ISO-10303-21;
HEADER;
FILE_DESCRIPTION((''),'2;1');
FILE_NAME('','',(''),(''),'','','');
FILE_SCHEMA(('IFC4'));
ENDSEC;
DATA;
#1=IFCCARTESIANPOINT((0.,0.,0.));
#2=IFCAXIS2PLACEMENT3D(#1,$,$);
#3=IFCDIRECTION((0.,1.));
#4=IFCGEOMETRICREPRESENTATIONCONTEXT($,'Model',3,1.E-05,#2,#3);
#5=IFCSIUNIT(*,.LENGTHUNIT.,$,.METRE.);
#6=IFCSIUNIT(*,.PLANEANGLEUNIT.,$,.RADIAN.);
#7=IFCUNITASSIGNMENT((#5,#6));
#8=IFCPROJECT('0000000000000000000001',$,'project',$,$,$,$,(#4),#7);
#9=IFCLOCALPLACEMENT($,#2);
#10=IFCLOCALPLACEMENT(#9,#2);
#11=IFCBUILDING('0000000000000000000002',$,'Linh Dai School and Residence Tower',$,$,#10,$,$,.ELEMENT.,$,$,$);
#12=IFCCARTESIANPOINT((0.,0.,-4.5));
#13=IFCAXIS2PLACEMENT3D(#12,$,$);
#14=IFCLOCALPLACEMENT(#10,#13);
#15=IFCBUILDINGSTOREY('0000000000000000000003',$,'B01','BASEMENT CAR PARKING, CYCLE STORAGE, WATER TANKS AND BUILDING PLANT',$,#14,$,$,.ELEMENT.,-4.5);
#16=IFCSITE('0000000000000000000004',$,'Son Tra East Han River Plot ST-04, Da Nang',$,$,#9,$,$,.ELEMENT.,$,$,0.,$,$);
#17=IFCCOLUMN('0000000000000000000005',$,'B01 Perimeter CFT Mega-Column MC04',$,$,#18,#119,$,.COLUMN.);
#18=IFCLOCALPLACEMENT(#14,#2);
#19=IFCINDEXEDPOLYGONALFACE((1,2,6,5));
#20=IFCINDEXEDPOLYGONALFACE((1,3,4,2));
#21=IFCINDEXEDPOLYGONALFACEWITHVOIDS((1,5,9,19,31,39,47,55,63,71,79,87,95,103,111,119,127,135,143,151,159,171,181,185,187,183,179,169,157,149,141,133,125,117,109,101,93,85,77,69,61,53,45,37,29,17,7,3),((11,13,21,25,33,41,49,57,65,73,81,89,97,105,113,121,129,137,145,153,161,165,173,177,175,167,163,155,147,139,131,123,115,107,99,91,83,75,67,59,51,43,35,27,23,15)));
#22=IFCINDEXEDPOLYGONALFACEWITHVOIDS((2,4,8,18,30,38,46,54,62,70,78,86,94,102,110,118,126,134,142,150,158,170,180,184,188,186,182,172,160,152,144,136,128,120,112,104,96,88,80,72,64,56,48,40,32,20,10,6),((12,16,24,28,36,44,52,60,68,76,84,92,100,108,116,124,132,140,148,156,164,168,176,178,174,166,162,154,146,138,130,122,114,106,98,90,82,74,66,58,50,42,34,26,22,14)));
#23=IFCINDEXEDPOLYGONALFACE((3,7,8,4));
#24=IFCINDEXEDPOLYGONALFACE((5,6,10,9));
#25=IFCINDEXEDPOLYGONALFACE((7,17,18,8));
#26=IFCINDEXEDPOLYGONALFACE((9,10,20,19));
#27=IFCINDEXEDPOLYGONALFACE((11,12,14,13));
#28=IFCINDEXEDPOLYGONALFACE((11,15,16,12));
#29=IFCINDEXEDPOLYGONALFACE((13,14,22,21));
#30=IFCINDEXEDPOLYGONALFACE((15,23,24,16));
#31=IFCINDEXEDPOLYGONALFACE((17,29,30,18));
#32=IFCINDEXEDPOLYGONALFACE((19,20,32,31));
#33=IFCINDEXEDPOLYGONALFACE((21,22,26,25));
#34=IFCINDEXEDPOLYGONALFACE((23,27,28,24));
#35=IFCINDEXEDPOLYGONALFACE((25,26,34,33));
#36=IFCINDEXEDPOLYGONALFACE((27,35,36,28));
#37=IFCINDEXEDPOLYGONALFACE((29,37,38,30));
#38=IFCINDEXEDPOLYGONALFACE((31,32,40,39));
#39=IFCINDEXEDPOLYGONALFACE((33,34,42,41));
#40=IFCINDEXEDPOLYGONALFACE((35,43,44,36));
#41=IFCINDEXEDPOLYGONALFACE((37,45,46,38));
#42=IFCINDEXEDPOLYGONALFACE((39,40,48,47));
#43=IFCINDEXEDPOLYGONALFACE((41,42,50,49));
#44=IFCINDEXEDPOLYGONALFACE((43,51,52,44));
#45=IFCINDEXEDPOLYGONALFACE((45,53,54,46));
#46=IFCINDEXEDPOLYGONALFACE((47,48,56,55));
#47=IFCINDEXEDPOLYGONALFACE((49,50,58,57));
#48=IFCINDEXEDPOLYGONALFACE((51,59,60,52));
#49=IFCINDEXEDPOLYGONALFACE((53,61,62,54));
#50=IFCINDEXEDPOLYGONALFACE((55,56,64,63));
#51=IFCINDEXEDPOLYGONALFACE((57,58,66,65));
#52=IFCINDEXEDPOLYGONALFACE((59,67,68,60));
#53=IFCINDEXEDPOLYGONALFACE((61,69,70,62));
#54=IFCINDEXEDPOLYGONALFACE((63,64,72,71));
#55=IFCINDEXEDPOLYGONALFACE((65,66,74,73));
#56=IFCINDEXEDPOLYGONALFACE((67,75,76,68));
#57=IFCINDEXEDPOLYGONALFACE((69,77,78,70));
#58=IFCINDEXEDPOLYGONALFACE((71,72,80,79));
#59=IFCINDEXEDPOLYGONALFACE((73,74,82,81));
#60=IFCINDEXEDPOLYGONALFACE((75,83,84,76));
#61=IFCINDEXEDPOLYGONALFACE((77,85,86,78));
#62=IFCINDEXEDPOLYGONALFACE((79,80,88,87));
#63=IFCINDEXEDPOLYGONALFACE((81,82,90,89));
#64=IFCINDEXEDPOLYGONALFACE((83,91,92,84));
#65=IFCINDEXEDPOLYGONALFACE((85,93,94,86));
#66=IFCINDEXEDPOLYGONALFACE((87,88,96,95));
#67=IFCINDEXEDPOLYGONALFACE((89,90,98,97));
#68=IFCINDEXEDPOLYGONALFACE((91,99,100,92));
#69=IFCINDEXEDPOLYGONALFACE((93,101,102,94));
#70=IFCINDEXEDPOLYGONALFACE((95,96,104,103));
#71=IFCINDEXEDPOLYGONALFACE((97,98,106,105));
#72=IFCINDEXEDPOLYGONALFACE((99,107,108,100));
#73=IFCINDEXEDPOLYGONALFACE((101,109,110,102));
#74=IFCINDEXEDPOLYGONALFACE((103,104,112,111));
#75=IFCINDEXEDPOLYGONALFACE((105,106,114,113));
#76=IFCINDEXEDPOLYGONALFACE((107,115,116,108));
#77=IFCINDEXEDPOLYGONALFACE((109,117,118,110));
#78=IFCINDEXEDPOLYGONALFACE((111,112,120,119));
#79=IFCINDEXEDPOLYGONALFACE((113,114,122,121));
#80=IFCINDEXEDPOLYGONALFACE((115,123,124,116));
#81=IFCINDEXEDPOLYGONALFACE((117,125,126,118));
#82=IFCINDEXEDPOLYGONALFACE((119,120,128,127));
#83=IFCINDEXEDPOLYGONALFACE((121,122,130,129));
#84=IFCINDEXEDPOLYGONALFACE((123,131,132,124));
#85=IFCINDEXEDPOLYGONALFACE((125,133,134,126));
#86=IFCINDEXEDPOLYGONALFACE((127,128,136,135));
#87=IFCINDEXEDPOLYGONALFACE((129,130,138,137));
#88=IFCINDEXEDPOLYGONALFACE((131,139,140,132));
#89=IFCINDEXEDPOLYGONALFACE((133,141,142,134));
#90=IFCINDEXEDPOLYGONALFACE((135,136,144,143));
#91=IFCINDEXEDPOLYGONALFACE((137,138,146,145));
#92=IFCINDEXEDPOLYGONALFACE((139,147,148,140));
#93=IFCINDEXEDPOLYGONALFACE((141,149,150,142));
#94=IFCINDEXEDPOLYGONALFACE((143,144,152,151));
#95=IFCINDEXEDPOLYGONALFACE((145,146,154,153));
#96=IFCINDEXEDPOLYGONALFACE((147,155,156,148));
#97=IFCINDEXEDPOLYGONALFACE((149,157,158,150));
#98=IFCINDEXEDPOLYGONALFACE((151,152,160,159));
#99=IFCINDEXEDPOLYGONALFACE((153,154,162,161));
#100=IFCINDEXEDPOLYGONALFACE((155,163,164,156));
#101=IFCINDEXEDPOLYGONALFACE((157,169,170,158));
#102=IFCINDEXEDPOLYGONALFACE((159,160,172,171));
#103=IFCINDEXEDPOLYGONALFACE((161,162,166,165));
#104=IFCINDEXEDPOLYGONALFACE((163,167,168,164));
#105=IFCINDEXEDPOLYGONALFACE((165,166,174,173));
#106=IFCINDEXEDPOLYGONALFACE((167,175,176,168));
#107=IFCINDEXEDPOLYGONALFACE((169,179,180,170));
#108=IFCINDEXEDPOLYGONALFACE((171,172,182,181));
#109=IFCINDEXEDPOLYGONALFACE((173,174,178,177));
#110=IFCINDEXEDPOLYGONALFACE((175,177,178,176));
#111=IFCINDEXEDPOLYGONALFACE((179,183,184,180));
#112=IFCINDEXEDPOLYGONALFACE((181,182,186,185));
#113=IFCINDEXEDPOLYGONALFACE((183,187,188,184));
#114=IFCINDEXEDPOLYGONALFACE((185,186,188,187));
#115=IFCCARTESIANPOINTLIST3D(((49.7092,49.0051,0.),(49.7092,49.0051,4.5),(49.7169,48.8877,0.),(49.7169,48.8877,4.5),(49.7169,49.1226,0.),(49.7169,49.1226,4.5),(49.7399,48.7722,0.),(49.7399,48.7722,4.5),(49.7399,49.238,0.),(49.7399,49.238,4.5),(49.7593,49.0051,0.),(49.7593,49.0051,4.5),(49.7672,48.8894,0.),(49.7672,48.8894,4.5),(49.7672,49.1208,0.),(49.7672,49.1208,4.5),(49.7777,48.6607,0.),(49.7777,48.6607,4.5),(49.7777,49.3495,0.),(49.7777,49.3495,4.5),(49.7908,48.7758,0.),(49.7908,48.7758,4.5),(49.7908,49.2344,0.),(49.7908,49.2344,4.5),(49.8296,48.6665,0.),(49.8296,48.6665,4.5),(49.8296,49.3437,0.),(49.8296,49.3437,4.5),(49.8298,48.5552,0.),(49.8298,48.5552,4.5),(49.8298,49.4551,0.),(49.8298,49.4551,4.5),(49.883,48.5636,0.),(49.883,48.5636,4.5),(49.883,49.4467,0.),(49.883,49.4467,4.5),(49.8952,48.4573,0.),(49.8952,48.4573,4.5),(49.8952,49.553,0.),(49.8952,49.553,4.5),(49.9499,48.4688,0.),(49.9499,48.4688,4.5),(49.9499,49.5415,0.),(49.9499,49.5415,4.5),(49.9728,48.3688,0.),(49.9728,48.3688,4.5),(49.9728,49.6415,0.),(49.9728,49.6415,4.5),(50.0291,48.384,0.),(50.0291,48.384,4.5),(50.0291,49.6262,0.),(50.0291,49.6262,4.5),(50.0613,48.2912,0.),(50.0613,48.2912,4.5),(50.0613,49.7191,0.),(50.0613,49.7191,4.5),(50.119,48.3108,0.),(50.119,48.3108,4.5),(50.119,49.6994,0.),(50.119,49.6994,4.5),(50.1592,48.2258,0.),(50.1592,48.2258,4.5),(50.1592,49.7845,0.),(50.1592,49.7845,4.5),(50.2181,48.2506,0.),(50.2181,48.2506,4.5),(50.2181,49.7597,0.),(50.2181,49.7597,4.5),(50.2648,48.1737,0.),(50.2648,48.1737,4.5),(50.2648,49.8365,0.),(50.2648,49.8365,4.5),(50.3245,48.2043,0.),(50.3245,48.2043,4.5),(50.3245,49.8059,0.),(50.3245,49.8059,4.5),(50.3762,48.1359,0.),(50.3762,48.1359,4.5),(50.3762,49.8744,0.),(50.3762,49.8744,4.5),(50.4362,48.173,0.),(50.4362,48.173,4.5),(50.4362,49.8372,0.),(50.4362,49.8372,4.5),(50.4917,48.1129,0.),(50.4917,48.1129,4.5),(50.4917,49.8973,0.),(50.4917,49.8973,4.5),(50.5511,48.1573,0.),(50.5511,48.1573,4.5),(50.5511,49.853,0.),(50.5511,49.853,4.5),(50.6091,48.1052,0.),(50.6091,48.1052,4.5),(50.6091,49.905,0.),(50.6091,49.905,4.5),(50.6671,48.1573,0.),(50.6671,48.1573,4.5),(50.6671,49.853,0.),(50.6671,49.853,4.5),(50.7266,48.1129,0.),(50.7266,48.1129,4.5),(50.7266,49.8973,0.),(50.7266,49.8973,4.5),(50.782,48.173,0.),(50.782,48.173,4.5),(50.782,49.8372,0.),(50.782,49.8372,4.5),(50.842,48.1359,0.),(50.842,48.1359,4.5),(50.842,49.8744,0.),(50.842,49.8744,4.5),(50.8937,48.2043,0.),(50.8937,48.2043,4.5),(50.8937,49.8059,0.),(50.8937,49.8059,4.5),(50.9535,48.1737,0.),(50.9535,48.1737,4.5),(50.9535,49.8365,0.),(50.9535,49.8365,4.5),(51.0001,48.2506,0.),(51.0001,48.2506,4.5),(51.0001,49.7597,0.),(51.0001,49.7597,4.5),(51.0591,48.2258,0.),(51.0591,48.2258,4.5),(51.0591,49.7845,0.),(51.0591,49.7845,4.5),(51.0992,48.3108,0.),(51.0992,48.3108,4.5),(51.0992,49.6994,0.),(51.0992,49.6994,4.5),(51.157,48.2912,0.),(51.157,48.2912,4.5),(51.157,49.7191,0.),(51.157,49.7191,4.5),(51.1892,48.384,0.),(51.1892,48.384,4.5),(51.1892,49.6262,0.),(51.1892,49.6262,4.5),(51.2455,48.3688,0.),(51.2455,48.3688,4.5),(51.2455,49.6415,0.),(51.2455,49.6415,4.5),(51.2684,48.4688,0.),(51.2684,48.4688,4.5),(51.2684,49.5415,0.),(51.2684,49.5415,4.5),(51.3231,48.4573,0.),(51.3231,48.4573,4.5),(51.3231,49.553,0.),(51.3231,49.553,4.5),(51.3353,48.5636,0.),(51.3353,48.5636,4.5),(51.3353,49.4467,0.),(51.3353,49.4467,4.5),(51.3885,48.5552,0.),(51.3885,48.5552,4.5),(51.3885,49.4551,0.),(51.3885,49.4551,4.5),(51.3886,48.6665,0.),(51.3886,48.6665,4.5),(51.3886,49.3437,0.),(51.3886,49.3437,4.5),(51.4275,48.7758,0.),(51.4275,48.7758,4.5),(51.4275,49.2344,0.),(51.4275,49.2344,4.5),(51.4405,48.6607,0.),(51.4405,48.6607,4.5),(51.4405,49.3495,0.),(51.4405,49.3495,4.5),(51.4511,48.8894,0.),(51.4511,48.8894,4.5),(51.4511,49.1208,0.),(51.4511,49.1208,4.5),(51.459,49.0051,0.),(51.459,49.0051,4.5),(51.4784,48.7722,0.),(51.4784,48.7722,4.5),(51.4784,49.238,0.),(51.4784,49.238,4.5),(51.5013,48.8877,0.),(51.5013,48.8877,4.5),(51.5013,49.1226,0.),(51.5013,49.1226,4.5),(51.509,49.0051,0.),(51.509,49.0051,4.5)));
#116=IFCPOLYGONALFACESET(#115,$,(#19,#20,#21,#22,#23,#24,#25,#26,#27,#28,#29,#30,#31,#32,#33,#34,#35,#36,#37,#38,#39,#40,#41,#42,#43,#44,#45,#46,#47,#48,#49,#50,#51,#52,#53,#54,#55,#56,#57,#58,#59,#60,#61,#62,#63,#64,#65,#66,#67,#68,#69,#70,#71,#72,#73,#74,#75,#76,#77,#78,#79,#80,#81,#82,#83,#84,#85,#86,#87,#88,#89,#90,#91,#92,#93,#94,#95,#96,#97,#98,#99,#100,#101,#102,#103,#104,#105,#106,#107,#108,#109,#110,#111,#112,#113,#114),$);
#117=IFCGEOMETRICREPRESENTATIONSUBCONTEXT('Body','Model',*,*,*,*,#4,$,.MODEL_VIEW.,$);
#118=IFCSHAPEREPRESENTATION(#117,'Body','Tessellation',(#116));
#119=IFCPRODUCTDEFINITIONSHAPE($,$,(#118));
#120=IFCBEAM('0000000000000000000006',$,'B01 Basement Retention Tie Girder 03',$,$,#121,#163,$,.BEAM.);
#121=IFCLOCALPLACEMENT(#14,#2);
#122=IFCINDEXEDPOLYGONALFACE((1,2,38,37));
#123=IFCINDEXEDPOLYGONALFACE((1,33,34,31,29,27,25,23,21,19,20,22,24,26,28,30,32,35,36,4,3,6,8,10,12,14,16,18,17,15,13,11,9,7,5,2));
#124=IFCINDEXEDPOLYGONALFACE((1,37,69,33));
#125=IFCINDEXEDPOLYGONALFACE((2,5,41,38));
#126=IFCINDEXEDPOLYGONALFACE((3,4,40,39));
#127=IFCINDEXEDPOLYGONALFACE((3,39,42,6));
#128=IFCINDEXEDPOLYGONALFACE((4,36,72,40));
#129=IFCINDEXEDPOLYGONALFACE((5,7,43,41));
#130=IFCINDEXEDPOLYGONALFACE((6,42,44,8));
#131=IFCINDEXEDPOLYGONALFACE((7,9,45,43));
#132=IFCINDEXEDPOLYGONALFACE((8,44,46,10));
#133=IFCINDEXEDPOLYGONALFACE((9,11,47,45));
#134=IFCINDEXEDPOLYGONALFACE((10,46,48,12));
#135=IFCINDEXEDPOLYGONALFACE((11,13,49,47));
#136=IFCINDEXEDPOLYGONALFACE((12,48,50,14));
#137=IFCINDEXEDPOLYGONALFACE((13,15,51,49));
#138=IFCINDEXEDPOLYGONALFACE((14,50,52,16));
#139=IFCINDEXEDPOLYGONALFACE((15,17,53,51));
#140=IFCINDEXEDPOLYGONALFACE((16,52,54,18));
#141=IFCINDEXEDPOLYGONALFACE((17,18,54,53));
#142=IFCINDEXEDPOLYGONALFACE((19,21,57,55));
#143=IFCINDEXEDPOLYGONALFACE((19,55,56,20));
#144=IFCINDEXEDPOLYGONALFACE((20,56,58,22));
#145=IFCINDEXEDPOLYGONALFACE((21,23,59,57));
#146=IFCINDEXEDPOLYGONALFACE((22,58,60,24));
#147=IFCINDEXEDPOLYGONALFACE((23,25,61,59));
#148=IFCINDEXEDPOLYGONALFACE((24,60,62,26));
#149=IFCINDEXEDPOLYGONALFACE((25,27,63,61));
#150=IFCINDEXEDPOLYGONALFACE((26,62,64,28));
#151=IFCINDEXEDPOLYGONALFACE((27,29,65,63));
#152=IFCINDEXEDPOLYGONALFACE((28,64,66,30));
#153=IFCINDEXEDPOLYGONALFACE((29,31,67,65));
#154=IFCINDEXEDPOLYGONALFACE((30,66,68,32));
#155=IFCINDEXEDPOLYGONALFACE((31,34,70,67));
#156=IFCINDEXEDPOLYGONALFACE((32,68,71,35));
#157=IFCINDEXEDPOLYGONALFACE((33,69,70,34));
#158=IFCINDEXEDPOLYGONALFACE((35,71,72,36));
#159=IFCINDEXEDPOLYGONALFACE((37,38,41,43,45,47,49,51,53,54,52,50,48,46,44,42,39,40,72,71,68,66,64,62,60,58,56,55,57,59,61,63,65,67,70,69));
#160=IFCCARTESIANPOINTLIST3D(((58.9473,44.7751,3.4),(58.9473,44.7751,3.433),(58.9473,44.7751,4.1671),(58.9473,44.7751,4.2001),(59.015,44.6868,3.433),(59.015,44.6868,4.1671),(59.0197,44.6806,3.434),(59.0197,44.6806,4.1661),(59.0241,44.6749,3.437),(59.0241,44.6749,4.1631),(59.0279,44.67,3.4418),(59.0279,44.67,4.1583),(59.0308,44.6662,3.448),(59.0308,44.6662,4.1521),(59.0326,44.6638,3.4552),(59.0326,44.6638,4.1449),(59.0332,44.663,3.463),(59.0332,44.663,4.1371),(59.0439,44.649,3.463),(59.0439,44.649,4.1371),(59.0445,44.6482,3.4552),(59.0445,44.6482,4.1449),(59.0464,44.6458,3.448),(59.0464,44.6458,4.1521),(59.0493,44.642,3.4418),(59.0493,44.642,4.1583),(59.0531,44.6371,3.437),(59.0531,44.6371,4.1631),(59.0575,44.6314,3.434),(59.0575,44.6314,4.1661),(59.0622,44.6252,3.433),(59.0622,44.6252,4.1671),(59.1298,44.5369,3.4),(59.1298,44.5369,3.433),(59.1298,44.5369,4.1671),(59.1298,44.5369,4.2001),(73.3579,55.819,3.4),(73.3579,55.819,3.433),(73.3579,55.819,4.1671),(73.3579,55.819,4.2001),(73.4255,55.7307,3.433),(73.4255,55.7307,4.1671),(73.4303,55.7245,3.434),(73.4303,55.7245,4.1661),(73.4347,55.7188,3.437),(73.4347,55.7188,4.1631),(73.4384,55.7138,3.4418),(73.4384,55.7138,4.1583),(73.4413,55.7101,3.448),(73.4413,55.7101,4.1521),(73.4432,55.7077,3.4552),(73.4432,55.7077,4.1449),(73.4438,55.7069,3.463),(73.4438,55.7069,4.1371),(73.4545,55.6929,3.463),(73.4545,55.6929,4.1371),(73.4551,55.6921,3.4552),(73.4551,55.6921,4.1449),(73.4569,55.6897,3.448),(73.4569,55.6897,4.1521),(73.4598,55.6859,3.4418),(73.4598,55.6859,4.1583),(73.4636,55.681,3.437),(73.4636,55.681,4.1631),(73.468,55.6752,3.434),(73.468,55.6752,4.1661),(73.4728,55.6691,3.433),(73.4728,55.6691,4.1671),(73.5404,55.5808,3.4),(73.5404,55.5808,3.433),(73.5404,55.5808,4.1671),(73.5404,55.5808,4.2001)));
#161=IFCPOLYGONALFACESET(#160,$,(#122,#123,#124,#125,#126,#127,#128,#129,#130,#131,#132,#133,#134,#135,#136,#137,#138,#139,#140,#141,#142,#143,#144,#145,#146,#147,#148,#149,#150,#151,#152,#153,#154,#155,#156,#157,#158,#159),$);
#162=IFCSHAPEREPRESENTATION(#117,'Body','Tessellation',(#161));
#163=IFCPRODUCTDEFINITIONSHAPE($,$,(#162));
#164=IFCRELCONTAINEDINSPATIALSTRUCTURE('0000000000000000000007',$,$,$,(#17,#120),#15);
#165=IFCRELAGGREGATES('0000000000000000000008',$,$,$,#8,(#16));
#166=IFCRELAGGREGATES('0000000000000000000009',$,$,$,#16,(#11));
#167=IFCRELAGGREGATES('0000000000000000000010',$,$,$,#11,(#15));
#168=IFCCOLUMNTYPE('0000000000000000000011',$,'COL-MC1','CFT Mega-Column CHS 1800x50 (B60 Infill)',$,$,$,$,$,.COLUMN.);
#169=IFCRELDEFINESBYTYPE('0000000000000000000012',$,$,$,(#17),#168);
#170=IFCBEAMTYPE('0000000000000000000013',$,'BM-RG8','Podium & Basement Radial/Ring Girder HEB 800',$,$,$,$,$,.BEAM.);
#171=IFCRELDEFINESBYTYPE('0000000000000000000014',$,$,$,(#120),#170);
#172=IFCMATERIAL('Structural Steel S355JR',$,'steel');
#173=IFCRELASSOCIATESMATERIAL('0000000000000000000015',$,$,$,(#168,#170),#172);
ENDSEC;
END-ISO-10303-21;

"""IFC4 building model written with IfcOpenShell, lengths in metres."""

from ifc_helpers import new_model, si_unit, direction, frame, origin, origin_2d, place, context, subcontext, project, spatial, hollow_circle, i_section, extrude, material, material_profile, profile_set, type_object, element, save


model = new_model("IFC4")

# Units and contexts
model_context = context("Model", 3, precision=1e-05, world=origin(), true_north=direction((0.0, 1.0)))
body_context = subcontext(model_context, "Body", "Model", "MODEL_VIEW")
ifc_project = project(units=[si_unit("LENGTHUNIT", "METRE"), si_unit("PLANEANGLEUNIT", "RADIAN")], contexts=[model_context])

# Site, building, storey
site_placement = place(None, origin())
site = spatial("IfcSite", under=ifc_project, at=site_placement, Name="Son Tra East Han River Plot ST-04, Da Nang", CompositionType="ELEMENT", RefElevation=0.0)
building_placement = place(site_placement, origin())
building = spatial("IfcBuilding", under=site, at=building_placement, Name="Linh Dai School and Residence Tower", CompositionType="ELEMENT")
storey_placement = place(building_placement, frame((0.0, 0.0, -4.5)))
storey = spatial("IfcBuildingStorey", under=building, at=storey_placement, Name="B01", Description="BASEMENT CAR PARKING, CYCLE STORAGE, WATER TANKS AND BUILDING PLANT", CompositionType="ELEMENT", Elevation=-4.5)

# Column
ifc_material_1 = material(Name="Structural Steel S355JR", Category="steel")
ifc_material_profile_1 = material_profile(ifc_material_1, hollow_circle(Radius=0.8999, WallThickness=0.05, at=origin_2d()), Name="CHS 1800x50")
ifc_profile_set_1 = profile_set([ifc_material_profile_1], Name="Structural Steel S355JR")
column_type_1 = type_object("IfcColumnType", Name="COL-MC1", Description="CFT Mega-Column CHS 1800x50 (B60 Infill)", PredefinedType="COLUMN", material=ifc_profile_set_1)
for number, where, z_axis, x_axis, name in (
    (1, (50.6091, 49.0051, 0.0), (0.0, 0.0, 1.0), (1.0, 0.0, 0.0), "B01 Perimeter CFT Mega-Column MC04"),
):
    element("IfcColumn", number, at=place(storey_placement, frame(where, z_axis=z_axis, x_axis=x_axis)), inside=storey, type_object=column_type_1, Name=name, PredefinedType="COLUMN", context=body_context, shape_type="SweptSolid", body=[
        extrude(hollow_circle(Radius=0.8999, WallThickness=0.05, at=origin_2d()), origin(), (0.0, 0.0, 1.0), 4.5),
    ])

# Beam
ifc_material_profile_2 = material_profile(ifc_material_1, i_section(OverallWidth=0.3, OverallDepth=0.8, WebThickness=0.0176, FlangeThickness=0.033, FilletRadius=0.03, at=origin_2d()), Name="HEB 800")
ifc_profile_set_2 = profile_set([ifc_material_profile_2], Name="Structural Steel S355JR")
beam_type_1 = type_object("IfcBeamType", Name="BM-RG8", Description="Podium & Basement Radial/Ring Girder HEB 800", PredefinedType="BEAM", material=ifc_profile_set_2)
beam_1_placement = place(storey_placement, frame((59.0386, 44.656, 3.8), z_axis=(0.793718, 0.608285, 0.0), x_axis=(-0.608285, 0.793718, 0.0)))
element("IfcBeam", 2, at=beam_1_placement, inside=storey, type_object=beam_type_1, Name="B01 Basement Retention Tie Girder 03", PredefinedType="BEAM", context=body_context, shape_type="SweptSolid", body=[
    extrude(i_section(OverallWidth=0.3, OverallDepth=0.8, WebThickness=0.0176, FlangeThickness=0.033, FilletRadius=0.03, at=origin_2d()), origin(), (0.0, 0.0, 1.0), 18.1558),
])

save(model, "model.ifc")
